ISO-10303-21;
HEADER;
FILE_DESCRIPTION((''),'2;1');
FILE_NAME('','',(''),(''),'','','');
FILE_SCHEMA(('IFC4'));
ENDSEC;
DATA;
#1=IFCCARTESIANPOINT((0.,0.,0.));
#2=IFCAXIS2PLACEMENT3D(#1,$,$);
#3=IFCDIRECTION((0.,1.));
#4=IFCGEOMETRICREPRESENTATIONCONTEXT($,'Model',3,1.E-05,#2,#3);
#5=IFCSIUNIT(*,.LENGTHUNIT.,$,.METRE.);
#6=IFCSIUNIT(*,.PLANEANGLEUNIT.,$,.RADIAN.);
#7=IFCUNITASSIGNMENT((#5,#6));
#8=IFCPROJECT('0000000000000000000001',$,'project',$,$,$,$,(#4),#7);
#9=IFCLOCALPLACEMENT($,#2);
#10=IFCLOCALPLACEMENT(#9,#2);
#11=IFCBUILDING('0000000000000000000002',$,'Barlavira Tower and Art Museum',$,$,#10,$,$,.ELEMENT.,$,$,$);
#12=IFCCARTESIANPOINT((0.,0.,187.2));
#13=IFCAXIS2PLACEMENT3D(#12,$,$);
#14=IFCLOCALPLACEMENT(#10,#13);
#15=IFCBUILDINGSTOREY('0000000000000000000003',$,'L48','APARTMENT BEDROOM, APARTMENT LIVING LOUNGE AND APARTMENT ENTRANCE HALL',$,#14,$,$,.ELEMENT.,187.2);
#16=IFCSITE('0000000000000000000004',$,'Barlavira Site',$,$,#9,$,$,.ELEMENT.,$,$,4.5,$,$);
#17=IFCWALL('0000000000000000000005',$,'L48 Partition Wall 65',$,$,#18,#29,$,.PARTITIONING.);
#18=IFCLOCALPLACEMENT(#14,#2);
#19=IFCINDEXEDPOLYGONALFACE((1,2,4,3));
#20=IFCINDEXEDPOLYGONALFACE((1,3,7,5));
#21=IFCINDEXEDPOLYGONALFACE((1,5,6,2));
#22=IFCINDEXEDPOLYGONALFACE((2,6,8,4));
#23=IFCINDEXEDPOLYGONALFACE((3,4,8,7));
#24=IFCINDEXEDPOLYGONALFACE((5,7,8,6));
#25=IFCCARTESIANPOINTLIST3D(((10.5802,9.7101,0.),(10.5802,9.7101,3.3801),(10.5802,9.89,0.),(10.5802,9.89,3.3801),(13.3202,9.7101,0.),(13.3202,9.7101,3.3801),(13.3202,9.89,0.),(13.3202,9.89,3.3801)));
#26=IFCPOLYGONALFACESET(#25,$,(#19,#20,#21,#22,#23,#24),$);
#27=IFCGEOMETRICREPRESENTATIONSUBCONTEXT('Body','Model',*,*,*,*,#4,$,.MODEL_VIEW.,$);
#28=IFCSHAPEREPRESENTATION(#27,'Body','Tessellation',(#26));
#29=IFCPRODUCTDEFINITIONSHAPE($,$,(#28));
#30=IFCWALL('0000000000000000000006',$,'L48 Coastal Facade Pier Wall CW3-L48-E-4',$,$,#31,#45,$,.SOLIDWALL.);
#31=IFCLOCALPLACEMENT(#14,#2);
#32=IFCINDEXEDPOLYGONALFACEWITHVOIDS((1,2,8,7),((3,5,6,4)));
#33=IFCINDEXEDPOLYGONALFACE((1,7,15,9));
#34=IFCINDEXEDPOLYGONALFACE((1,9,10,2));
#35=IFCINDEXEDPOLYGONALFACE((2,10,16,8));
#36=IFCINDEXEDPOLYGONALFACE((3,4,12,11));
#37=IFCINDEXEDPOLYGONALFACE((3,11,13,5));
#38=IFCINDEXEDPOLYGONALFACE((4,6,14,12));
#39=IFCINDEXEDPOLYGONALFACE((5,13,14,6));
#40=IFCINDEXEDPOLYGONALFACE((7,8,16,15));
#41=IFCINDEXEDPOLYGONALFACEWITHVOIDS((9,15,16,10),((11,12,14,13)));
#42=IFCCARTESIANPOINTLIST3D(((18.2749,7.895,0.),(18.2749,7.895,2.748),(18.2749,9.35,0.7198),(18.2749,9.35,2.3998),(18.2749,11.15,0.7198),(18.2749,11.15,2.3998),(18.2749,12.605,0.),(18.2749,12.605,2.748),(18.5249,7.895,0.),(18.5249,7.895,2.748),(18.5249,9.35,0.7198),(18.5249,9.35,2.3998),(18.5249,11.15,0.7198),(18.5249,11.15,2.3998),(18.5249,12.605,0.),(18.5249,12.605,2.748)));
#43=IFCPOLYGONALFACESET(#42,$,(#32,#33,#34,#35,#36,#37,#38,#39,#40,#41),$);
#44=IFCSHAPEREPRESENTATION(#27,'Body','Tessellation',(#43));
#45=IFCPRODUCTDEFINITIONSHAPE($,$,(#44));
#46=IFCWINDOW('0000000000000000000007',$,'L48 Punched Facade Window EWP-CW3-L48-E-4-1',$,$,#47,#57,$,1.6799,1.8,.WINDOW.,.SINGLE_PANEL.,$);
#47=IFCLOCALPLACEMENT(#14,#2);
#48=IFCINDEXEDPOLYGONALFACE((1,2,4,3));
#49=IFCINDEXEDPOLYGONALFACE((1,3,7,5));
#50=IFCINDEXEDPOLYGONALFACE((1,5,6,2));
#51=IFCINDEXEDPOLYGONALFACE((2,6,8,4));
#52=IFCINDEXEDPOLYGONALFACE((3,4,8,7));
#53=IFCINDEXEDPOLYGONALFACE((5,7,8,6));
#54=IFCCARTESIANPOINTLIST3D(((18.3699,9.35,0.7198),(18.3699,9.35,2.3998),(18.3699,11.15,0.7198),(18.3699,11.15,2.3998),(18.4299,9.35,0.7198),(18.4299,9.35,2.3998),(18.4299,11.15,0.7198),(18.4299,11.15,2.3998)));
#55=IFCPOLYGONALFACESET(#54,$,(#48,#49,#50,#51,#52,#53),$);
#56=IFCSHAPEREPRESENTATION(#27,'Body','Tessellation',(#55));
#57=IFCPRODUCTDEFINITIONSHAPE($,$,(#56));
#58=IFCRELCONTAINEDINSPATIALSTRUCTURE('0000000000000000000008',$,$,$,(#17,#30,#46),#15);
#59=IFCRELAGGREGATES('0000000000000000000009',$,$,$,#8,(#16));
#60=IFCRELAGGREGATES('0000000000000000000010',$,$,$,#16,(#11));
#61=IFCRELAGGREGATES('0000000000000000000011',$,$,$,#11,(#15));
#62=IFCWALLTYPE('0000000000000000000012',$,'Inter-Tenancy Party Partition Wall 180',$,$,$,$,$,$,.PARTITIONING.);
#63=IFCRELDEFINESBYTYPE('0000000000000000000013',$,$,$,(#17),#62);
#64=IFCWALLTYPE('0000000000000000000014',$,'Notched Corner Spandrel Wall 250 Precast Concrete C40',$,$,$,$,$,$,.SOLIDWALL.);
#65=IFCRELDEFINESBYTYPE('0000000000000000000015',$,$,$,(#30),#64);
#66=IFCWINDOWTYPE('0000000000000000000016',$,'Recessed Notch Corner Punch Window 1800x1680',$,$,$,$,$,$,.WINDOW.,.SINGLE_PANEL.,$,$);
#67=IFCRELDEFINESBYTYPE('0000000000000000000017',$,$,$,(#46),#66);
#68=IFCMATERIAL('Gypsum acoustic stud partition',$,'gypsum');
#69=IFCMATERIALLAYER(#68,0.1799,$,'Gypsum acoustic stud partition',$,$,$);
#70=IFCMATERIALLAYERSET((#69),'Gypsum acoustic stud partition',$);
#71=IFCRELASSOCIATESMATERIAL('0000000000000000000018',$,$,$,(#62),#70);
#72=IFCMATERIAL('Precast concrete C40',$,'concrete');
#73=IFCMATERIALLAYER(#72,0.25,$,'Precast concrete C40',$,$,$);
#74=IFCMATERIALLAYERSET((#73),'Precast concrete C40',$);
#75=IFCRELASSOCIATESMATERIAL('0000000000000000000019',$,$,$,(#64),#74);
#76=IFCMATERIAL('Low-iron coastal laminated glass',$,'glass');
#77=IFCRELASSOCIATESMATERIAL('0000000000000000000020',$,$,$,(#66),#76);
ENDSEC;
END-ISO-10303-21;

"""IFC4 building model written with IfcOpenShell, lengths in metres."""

from ifc_helpers import new_model, si_unit, direction, frame, frame_2d, origin, place, context, subcontext, project, spatial, rectangle, extrude, material, layer, layer_set, type_object, element, fill, save


model = new_model("IFC4")

# Units and contexts
model_context = context("Model", 3, precision=1e-05, world=origin(), true_north=direction((0.0, 1.0)))
body_context = subcontext(model_context, "Body", "Model", "MODEL_VIEW")
ifc_project = project(units=[si_unit("LENGTHUNIT", "METRE"), si_unit("PLANEANGLEUNIT", "RADIAN")], contexts=[model_context])

# Site, building, storey
site_placement = place(None, origin())
site = spatial("IfcSite", under=ifc_project, at=site_placement, Name="Barlavira Site", CompositionType="ELEMENT", RefElevation=4.5)
building_placement = place(site_placement, origin())
building = spatial("IfcBuilding", under=site, at=building_placement, Name="Barlavira Tower and Art Museum", CompositionType="ELEMENT")
storey_placement = place(building_placement, frame((0.0, 0.0, 187.2)))
storey = spatial("IfcBuildingStorey", under=building, at=storey_placement, Name="L48", Description="APARTMENT BEDROOM, APARTMENT LIVING LOUNGE AND APARTMENT ENTRANCE HALL", CompositionType="ELEMENT", Elevation=187.2)

# Shared definitions
ifc_material_1 = material(Name="Low-iron coastal laminated glass", Category="glass")

# Shared definitions
ifc_material_2 = material(Name="Gypsum acoustic stud partition", Category="gypsum")

# Wall
ifc_layer_1 = layer(ifc_material_2, 0.1799, Name="Gypsum acoustic stud partition")
ifc_layer_set_1 = layer_set([ifc_layer_1], Name="Gypsum acoustic stud partition")
wall_type_1 = type_object("IfcWallType", Name="Inter-Tenancy Party Partition Wall 180", PredefinedType="PARTITIONING", material=ifc_layer_set_1)
wall_1_placement = place(storey_placement, frame((10.5801, 9.8, 0.0), z_axis=(0.0, 0.0, 1.0), x_axis=(1.0, 0.0, 0.0)))
element("IfcWall", 1, at=wall_1_placement, inside=storey, type_object=wall_type_1, Name="L48 Partition Wall 65", PredefinedType="PARTITIONING", context=body_context, shape_type="SweptSolid", body=[
    extrude(rectangle(XDim=2.74, YDim=0.1799, at=frame_2d((1.3701, 0.0))), origin(), (0.0, 0.0, 1.0), 3.3801),
])

# Wall, opening, window
ifc_material_3 = material(Name="Precast concrete C40", Category="concrete")
ifc_layer_2 = layer(ifc_material_3, 0.25, Name="Precast concrete C40")
ifc_layer_set_2 = layer_set([ifc_layer_2], Name="Precast concrete C40")
wall_type_2 = type_object("IfcWallType", Name="Notched Corner Spandrel Wall 250 Precast Concrete C40", PredefinedType="SOLIDWALL", material=ifc_layer_set_2)
wall_2_placement = place(storey_placement, frame((18.3999, 7.895, 0.0), z_axis=(0.0, 0.0, 1.0), x_axis=(0.0, 1.0, 0.0)))
wall_2 = element("IfcWall", 2, at=wall_2_placement, inside=storey, type_object=wall_type_2, Name="L48 Coastal Facade Pier Wall CW3-L48-E-4", PredefinedType="SOLIDWALL", context=body_context, shape_type="SweptSolid", body=[
    extrude(rectangle(XDim=4.71, YDim=0.25, at=frame_2d((2.355, 0.0))), origin(), (0.0, 0.0, 1.0), 2.748),
])
opening_1_placement = place(wall_2_placement, frame((1.4551, 0.0, 0.72)))
opening_1 = element("IfcOpeningElement", 3, at=opening_1_placement, cuts=wall_2, PredefinedType="OPENING", context=body_context, shape_type="SweptSolid", body=[
    extrude(rectangle(XDim=1.8, YDim=1.6799, at=frame_2d((0.8999, 0.8398))), frame((0.0, 0.135, 0.0), z_axis=(0.0, -1.0, 0.0), x_axis=(1.0, 0.0, 0.0)), (0.0, 0.0, 1.0), 0.27),
])
window_type = type_object("IfcWindowType", Name="Recessed Notch Corner Punch Window 1800x1680", PartitioningType="SINGLE_PANEL", PredefinedType="WINDOW", material=ifc_material_1)
window_placement = place(opening_1_placement, origin())
window = element("IfcWindow", 4, at=window_placement, inside=storey, type_object=window_type, Name="L48 Punched Facade Window EWP-CW3-L48-E-4-1", OverallHeight=1.6799, OverallWidth=1.8, PartitioningType="SINGLE_PANEL", PredefinedType="WINDOW", context=body_context, shape_type="SweptSolid", body=[
    extrude(rectangle(XDim=1.8, YDim=1.6799, at=frame_2d((0.8999, 0.8398))), frame((0.0, 0.03, 0.0), z_axis=(0.0, -1.0, 0.0), x_axis=(1.0, 0.0, 0.0)), (0.0, 0.0, 1.0), 0.0601),
])
fill(opening_1, window)

save(model, "model.ifc")
